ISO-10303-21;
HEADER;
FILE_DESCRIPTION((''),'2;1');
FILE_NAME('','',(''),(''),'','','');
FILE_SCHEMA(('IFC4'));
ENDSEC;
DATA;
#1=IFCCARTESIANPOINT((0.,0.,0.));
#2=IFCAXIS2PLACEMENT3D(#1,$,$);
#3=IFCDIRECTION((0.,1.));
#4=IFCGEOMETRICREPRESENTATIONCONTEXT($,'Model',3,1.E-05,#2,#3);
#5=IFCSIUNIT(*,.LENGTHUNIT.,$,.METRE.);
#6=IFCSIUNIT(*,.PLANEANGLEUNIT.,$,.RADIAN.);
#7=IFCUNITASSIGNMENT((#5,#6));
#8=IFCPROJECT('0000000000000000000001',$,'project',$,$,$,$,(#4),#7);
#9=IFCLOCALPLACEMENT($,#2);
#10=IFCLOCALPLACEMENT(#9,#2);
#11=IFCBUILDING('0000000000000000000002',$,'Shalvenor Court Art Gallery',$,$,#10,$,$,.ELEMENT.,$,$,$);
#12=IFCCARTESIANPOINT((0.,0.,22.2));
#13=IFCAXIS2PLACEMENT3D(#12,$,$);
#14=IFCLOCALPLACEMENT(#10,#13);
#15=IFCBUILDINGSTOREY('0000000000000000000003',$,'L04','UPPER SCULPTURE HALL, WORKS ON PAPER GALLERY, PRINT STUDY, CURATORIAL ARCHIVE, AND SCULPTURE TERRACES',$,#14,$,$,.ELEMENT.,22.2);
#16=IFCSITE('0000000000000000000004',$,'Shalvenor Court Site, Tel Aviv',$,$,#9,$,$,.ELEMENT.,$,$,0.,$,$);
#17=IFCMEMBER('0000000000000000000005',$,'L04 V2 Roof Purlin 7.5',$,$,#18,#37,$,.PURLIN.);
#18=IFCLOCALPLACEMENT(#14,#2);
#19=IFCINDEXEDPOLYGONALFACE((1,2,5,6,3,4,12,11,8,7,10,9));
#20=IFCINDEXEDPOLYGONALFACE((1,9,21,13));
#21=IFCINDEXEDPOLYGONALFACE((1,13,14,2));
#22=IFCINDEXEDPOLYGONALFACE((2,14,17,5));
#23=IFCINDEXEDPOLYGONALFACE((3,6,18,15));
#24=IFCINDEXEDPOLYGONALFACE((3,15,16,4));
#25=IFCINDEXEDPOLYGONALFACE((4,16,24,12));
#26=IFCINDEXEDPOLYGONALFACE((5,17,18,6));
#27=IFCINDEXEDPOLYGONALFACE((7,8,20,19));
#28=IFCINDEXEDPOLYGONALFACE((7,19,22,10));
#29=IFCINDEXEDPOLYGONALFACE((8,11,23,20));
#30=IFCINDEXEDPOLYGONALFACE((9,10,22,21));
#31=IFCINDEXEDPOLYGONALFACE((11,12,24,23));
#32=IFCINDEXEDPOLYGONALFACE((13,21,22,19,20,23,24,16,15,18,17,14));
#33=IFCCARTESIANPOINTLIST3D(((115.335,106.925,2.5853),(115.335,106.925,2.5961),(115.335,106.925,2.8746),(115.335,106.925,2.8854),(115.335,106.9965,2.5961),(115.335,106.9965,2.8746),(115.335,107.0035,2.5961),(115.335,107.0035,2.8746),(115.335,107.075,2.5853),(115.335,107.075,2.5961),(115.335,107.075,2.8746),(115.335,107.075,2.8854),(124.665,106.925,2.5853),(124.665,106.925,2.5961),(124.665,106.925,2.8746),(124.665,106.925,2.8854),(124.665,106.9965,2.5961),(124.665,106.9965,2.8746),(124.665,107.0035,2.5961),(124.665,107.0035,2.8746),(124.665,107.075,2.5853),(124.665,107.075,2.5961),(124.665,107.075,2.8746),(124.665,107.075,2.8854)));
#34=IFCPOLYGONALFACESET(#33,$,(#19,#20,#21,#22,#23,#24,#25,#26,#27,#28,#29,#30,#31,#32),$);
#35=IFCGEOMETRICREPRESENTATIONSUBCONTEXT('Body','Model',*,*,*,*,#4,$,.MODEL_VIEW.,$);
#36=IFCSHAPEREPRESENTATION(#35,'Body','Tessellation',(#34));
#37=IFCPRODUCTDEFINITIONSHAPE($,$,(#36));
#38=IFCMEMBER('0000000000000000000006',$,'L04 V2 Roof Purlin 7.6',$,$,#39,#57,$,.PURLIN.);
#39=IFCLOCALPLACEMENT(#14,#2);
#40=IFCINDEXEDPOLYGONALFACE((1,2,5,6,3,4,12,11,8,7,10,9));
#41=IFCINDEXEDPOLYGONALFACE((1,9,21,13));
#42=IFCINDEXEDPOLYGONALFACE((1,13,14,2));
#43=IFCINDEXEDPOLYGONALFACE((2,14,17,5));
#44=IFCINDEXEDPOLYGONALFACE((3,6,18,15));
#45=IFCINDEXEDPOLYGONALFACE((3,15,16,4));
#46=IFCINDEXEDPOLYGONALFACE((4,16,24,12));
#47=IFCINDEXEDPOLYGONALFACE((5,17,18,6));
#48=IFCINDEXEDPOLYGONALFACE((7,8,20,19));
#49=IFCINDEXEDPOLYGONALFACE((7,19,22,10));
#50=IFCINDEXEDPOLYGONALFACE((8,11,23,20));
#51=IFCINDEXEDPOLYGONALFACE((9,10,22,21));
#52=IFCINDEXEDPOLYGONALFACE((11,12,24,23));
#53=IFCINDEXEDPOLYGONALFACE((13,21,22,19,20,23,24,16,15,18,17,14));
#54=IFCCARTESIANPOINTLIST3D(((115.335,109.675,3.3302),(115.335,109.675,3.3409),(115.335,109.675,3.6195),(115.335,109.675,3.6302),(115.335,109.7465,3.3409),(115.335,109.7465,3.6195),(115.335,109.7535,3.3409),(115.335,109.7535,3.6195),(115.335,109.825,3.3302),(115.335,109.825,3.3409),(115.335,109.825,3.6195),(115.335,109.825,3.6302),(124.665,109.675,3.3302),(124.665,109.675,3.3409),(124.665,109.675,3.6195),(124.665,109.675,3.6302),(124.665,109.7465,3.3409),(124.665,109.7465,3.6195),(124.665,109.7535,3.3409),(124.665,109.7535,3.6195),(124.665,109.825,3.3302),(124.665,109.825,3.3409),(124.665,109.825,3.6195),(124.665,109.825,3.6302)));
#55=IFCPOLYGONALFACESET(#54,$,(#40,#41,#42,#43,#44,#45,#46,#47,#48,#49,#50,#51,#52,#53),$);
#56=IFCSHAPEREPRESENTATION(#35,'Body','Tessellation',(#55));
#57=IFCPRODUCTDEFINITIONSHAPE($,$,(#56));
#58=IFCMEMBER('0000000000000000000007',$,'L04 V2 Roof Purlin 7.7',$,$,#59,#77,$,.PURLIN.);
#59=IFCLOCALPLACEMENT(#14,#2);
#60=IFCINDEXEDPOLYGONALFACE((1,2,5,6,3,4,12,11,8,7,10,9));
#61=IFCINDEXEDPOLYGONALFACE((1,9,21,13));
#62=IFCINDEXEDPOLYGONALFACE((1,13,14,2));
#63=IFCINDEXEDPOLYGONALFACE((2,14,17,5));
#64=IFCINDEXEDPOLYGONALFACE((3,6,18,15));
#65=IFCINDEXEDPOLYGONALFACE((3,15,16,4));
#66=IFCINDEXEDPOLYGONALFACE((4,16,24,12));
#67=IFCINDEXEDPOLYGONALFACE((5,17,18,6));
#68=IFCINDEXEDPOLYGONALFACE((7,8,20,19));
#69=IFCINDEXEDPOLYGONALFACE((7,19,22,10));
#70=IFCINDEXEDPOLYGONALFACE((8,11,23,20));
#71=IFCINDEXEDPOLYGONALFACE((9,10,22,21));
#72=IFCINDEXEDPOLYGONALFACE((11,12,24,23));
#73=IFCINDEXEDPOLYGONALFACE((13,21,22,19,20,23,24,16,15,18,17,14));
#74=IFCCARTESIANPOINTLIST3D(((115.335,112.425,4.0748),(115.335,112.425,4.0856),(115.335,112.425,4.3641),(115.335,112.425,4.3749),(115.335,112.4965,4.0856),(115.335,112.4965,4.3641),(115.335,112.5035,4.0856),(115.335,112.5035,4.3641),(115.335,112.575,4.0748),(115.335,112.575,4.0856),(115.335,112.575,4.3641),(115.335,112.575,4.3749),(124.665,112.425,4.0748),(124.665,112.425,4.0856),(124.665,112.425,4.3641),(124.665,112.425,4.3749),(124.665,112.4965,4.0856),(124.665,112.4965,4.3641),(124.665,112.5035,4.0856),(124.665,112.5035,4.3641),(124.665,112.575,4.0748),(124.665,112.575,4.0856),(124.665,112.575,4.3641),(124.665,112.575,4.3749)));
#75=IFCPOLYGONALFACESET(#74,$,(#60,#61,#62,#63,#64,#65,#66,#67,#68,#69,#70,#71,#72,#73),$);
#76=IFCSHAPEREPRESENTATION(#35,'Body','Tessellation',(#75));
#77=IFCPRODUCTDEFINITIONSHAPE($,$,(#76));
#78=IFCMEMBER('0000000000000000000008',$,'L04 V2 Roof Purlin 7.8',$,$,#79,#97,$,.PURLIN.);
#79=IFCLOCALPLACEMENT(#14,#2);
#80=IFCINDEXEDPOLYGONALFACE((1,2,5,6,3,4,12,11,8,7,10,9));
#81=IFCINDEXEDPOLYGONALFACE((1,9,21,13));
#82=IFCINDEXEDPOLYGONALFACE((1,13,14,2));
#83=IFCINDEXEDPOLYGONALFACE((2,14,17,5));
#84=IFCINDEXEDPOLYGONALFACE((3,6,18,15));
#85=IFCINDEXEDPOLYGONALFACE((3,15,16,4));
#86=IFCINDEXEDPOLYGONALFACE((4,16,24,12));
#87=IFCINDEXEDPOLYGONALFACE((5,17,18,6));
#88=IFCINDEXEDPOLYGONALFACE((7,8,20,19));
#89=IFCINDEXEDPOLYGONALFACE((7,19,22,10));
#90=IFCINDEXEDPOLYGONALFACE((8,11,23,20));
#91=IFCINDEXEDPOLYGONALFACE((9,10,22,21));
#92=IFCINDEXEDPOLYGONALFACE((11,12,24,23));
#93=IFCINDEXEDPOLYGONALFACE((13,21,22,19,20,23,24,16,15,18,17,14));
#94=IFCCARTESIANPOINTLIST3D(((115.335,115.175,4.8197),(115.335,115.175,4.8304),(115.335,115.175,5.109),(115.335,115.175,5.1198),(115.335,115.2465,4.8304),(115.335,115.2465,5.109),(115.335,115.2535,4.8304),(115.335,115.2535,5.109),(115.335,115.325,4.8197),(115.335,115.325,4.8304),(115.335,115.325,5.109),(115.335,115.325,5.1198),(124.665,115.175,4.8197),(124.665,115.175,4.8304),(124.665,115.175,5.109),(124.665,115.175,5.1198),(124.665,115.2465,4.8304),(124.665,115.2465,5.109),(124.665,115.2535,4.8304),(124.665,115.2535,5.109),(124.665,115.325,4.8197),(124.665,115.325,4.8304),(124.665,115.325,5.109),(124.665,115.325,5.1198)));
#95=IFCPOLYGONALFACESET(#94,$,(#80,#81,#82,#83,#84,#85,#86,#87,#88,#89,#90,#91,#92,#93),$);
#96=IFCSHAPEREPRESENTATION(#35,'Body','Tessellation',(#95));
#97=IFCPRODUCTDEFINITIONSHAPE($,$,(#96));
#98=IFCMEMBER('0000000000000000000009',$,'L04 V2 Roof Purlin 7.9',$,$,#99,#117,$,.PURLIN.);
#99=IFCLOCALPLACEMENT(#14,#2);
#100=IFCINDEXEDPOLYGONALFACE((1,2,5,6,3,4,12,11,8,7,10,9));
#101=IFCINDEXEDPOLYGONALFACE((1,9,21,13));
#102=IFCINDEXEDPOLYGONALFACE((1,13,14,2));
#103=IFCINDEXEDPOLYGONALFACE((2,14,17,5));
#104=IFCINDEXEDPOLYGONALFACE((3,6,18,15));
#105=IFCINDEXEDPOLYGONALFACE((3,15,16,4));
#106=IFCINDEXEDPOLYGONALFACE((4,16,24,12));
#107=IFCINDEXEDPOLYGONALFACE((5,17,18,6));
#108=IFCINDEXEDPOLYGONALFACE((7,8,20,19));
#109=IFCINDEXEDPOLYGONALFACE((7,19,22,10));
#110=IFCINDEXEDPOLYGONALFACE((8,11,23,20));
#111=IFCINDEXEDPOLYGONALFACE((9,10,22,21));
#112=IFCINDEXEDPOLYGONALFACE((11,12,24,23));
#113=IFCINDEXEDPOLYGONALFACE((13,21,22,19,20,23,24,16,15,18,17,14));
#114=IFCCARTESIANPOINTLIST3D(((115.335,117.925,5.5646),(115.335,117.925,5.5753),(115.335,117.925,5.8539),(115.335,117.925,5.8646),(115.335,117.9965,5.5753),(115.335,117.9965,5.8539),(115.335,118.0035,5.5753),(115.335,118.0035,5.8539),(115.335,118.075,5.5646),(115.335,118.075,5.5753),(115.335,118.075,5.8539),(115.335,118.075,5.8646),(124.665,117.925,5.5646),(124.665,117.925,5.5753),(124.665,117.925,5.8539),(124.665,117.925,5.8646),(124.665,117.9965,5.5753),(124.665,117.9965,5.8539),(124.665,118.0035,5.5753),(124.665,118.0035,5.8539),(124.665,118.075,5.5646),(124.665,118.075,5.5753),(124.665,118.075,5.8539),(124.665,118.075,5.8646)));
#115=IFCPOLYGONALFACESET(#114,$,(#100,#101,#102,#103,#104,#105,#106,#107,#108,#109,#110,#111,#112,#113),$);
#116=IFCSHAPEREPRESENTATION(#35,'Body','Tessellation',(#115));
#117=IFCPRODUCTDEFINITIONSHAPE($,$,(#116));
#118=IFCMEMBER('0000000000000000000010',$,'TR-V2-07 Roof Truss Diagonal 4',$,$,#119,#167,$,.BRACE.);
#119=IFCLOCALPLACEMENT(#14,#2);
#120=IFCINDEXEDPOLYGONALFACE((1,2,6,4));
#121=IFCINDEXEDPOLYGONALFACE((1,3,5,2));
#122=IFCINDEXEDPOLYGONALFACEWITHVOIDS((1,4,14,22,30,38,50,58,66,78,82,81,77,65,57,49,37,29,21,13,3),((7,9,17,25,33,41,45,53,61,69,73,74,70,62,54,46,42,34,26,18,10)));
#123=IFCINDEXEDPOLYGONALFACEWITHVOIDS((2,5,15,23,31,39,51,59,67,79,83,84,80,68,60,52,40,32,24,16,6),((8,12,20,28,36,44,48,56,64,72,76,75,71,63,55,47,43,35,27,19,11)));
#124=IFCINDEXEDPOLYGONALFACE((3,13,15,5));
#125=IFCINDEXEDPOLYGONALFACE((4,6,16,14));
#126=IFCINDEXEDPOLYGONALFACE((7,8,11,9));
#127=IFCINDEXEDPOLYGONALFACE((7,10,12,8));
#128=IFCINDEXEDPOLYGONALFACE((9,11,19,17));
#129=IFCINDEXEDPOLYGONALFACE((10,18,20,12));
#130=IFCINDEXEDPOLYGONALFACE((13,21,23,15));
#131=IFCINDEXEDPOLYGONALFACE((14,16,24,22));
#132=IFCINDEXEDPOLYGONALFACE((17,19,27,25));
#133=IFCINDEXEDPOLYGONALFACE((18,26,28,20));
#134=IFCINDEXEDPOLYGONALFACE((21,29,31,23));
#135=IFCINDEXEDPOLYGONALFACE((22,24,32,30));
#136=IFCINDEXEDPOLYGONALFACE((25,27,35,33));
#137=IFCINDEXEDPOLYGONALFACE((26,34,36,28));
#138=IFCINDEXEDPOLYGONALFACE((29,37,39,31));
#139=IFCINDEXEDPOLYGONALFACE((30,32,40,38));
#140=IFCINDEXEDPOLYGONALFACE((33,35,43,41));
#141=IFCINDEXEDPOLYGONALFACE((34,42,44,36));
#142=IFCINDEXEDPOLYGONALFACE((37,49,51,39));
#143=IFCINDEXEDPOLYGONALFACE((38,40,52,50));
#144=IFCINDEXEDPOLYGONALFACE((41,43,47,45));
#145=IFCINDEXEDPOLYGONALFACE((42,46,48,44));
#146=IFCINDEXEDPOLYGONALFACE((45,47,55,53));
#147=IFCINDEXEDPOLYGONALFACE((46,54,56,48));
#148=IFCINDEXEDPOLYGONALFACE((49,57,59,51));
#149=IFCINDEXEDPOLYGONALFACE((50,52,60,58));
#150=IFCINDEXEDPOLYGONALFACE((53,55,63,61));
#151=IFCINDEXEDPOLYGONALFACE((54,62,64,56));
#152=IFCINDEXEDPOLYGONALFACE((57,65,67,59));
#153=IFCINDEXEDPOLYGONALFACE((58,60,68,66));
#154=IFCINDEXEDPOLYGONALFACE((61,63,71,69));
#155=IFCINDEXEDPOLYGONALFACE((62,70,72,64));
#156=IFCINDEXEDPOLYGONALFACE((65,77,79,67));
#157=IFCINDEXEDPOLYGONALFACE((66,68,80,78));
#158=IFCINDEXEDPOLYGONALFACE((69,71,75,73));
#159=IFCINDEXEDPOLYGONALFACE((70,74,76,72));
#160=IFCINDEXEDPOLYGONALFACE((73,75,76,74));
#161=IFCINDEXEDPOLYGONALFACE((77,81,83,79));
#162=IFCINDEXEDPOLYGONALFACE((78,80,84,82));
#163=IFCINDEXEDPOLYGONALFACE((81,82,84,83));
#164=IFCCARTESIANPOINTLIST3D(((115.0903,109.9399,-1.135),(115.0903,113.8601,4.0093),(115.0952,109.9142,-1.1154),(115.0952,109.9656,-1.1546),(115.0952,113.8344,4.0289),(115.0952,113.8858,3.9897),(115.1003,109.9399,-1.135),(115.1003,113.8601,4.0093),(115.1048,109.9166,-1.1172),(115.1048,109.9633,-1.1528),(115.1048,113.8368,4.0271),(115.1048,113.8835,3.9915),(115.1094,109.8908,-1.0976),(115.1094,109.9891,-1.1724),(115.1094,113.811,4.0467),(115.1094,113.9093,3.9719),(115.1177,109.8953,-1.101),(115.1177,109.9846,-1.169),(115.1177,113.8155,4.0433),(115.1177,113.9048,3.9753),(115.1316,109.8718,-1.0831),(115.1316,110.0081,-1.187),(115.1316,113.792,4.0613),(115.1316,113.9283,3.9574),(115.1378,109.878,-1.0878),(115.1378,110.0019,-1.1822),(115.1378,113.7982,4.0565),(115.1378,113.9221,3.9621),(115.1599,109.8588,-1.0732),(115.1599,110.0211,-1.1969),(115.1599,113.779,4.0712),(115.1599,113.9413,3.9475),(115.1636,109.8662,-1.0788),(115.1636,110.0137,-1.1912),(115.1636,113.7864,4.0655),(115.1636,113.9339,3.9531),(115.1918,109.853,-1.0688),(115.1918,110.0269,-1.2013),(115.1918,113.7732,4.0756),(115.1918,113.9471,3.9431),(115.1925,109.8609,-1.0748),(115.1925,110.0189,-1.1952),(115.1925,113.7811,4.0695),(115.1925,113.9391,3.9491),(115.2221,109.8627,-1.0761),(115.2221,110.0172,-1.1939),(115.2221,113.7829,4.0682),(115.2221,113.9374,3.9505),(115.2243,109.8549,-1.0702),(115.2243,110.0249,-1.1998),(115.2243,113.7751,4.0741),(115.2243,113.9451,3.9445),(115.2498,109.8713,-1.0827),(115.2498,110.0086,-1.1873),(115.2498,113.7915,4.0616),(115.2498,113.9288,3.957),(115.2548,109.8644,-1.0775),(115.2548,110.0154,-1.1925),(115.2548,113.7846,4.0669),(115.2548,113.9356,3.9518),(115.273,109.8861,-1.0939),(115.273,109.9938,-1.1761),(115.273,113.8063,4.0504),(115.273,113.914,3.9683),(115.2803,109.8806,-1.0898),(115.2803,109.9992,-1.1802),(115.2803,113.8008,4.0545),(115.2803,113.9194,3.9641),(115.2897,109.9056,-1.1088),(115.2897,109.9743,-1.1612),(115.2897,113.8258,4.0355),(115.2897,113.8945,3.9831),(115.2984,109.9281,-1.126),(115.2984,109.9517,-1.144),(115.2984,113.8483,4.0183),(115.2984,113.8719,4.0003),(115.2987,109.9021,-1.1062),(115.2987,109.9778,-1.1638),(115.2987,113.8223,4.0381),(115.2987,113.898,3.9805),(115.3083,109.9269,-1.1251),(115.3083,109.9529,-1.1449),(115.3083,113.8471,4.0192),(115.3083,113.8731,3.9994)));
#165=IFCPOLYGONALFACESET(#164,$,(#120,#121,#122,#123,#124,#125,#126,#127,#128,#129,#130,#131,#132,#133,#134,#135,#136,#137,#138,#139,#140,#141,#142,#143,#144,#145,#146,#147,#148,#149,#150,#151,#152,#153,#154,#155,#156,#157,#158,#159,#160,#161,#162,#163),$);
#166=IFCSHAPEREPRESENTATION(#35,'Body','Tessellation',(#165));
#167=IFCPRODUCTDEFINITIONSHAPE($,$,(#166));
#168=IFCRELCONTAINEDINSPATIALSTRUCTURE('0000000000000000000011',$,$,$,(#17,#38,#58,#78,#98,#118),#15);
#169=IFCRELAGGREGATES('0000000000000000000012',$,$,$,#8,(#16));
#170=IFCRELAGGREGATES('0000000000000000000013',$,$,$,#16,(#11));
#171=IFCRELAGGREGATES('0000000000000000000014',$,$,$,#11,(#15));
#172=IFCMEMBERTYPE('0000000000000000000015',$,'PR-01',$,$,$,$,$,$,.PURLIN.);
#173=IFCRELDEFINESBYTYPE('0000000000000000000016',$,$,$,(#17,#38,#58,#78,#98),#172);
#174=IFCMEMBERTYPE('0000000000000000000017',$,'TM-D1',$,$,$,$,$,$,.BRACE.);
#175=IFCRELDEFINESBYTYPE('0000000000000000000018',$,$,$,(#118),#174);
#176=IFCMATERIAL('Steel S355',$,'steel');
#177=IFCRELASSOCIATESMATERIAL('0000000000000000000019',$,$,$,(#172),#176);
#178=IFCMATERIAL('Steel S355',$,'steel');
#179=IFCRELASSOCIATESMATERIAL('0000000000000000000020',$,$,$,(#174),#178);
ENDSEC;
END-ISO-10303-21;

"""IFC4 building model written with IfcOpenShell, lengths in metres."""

from ifc_helpers import new_model, si_unit, direction, frame, origin, origin_2d, place, context, subcontext, project, spatial, hollow_circle, i_section, extrude, material, material_profile, profile_set, type_object, element, save


model = new_model("IFC4")

# Units and contexts
model_context = context("Model", 3, precision=1e-05, world=origin(), true_north=direction((0.0, 1.0)))
body_context = subcontext(model_context, "Body", "Model", "MODEL_VIEW")
ifc_project = project(units=[si_unit("LENGTHUNIT", "METRE"), si_unit("PLANEANGLEUNIT", "RADIAN")], contexts=[model_context])

# Site, building, storey
site_placement = place(None, origin())
site = spatial("IfcSite", under=ifc_project, at=site_placement, Name="Shalvenor Court Site, Tel Aviv", CompositionType="ELEMENT", RefElevation=0.0)
building_placement = place(site_placement, origin())
building = spatial("IfcBuilding", under=site, at=building_placement, Name="Shalvenor Court Art Gallery", CompositionType="ELEMENT")
storey_placement = place(building_placement, frame((0.0, 0.0, 22.2)))
storey = spatial("IfcBuildingStorey", under=building, at=storey_placement, Name="L04", Description="UPPER SCULPTURE HALL, WORKS ON PAPER GALLERY, PRINT STUDY, CURATORIAL ARCHIVE, AND SCULPTURE TERRACES", CompositionType="ELEMENT", Elevation=22.2)

# Members
ifc_material_1 = material(Name="Steel S355", Category="steel")
ifc_material_profile_1 = material_profile(ifc_material_1, i_section(OverallWidth=0.1499, OverallDepth=0.3, WebThickness=0.0071, FlangeThickness=0.0107, at=origin_2d()), Name="IPE 300")
ifc_profile_set_1 = profile_set([ifc_material_profile_1], Name="Steel S355")
member_type_1 = type_object("IfcMemberType", Name="PR-01", PredefinedType="PURLIN", material=ifc_profile_set_1)
for number, where, z_axis, x_axis, name in (
    (1, (115.335, 107.0, 2.7354), (1.0, 0.0, 0.0), (0.0, 1.0, 0.0), "L04 V2 Roof Purlin 7.5"),
    (2, (115.335, 109.75, 3.4802), (1.0, 0.0, 0.0), (0.0, 1.0, 0.0), "L04 V2 Roof Purlin 7.6"),
    (3, (115.335, 112.5, 4.2249), (1.0, 0.0, 0.0), (0.0, 1.0, 0.0), "L04 V2 Roof Purlin 7.7"),
    (4, (115.335, 115.25, 4.9697), (1.0, 0.0, 0.0), (0.0, 1.0, 0.0), "L04 V2 Roof Purlin 7.8"),
    (5, (115.335, 118.0, 5.7146), (1.0, 0.0, 0.0), (0.0, 1.0, 0.0), "L04 V2 Roof Purlin 7.9"),
):
    element("IfcMember", number, at=place(storey_placement, frame(where, z_axis=z_axis, x_axis=x_axis)), inside=storey, type_object=member_type_1, Name=name, PredefinedType="PURLIN", context=body_context, shape_type="SweptSolid", body=[
        extrude(i_section(OverallWidth=0.1499, OverallDepth=0.3, WebThickness=0.0071, FlangeThickness=0.0107, at=origin_2d()), origin(), (0.0, 0.0, 1.0), 9.3301),
    ])
ifc_material_2 = material(Name="Steel S355", Category="steel")
ifc_material_profile_2 = material_profile(ifc_material_2, hollow_circle(Radius=0.1096, WallThickness=0.01, at=origin_2d()), Name="CHS 219.1x10.0")
ifc_profile_set_2 = profile_set([ifc_material_profile_2], Name="Steel S355")
member_type_2 = type_object("IfcMemberType", Name="TM-D1", PredefinedType="BRACE", material=ifc_profile_set_2)
member_1_placement = place(storey_placement, frame((115.2, 109.9399, -1.135), z_axis=(0.0, 0.606113, 0.795379), x_axis=(-1.0, 0.0, 0.0)))
element("IfcMember", 6, at=member_1_placement, inside=storey, type_object=member_type_2, Name="TR-V2-07 Roof Truss Diagonal 4", PredefinedType="BRACE", context=body_context, shape_type="SweptSolid", body=[
    extrude(hollow_circle(Radius=0.1096, WallThickness=0.01, at=origin_2d()), origin(), (0.0, 0.0, 1.0), 6.4678),
])

save(model, "model.ifc")
